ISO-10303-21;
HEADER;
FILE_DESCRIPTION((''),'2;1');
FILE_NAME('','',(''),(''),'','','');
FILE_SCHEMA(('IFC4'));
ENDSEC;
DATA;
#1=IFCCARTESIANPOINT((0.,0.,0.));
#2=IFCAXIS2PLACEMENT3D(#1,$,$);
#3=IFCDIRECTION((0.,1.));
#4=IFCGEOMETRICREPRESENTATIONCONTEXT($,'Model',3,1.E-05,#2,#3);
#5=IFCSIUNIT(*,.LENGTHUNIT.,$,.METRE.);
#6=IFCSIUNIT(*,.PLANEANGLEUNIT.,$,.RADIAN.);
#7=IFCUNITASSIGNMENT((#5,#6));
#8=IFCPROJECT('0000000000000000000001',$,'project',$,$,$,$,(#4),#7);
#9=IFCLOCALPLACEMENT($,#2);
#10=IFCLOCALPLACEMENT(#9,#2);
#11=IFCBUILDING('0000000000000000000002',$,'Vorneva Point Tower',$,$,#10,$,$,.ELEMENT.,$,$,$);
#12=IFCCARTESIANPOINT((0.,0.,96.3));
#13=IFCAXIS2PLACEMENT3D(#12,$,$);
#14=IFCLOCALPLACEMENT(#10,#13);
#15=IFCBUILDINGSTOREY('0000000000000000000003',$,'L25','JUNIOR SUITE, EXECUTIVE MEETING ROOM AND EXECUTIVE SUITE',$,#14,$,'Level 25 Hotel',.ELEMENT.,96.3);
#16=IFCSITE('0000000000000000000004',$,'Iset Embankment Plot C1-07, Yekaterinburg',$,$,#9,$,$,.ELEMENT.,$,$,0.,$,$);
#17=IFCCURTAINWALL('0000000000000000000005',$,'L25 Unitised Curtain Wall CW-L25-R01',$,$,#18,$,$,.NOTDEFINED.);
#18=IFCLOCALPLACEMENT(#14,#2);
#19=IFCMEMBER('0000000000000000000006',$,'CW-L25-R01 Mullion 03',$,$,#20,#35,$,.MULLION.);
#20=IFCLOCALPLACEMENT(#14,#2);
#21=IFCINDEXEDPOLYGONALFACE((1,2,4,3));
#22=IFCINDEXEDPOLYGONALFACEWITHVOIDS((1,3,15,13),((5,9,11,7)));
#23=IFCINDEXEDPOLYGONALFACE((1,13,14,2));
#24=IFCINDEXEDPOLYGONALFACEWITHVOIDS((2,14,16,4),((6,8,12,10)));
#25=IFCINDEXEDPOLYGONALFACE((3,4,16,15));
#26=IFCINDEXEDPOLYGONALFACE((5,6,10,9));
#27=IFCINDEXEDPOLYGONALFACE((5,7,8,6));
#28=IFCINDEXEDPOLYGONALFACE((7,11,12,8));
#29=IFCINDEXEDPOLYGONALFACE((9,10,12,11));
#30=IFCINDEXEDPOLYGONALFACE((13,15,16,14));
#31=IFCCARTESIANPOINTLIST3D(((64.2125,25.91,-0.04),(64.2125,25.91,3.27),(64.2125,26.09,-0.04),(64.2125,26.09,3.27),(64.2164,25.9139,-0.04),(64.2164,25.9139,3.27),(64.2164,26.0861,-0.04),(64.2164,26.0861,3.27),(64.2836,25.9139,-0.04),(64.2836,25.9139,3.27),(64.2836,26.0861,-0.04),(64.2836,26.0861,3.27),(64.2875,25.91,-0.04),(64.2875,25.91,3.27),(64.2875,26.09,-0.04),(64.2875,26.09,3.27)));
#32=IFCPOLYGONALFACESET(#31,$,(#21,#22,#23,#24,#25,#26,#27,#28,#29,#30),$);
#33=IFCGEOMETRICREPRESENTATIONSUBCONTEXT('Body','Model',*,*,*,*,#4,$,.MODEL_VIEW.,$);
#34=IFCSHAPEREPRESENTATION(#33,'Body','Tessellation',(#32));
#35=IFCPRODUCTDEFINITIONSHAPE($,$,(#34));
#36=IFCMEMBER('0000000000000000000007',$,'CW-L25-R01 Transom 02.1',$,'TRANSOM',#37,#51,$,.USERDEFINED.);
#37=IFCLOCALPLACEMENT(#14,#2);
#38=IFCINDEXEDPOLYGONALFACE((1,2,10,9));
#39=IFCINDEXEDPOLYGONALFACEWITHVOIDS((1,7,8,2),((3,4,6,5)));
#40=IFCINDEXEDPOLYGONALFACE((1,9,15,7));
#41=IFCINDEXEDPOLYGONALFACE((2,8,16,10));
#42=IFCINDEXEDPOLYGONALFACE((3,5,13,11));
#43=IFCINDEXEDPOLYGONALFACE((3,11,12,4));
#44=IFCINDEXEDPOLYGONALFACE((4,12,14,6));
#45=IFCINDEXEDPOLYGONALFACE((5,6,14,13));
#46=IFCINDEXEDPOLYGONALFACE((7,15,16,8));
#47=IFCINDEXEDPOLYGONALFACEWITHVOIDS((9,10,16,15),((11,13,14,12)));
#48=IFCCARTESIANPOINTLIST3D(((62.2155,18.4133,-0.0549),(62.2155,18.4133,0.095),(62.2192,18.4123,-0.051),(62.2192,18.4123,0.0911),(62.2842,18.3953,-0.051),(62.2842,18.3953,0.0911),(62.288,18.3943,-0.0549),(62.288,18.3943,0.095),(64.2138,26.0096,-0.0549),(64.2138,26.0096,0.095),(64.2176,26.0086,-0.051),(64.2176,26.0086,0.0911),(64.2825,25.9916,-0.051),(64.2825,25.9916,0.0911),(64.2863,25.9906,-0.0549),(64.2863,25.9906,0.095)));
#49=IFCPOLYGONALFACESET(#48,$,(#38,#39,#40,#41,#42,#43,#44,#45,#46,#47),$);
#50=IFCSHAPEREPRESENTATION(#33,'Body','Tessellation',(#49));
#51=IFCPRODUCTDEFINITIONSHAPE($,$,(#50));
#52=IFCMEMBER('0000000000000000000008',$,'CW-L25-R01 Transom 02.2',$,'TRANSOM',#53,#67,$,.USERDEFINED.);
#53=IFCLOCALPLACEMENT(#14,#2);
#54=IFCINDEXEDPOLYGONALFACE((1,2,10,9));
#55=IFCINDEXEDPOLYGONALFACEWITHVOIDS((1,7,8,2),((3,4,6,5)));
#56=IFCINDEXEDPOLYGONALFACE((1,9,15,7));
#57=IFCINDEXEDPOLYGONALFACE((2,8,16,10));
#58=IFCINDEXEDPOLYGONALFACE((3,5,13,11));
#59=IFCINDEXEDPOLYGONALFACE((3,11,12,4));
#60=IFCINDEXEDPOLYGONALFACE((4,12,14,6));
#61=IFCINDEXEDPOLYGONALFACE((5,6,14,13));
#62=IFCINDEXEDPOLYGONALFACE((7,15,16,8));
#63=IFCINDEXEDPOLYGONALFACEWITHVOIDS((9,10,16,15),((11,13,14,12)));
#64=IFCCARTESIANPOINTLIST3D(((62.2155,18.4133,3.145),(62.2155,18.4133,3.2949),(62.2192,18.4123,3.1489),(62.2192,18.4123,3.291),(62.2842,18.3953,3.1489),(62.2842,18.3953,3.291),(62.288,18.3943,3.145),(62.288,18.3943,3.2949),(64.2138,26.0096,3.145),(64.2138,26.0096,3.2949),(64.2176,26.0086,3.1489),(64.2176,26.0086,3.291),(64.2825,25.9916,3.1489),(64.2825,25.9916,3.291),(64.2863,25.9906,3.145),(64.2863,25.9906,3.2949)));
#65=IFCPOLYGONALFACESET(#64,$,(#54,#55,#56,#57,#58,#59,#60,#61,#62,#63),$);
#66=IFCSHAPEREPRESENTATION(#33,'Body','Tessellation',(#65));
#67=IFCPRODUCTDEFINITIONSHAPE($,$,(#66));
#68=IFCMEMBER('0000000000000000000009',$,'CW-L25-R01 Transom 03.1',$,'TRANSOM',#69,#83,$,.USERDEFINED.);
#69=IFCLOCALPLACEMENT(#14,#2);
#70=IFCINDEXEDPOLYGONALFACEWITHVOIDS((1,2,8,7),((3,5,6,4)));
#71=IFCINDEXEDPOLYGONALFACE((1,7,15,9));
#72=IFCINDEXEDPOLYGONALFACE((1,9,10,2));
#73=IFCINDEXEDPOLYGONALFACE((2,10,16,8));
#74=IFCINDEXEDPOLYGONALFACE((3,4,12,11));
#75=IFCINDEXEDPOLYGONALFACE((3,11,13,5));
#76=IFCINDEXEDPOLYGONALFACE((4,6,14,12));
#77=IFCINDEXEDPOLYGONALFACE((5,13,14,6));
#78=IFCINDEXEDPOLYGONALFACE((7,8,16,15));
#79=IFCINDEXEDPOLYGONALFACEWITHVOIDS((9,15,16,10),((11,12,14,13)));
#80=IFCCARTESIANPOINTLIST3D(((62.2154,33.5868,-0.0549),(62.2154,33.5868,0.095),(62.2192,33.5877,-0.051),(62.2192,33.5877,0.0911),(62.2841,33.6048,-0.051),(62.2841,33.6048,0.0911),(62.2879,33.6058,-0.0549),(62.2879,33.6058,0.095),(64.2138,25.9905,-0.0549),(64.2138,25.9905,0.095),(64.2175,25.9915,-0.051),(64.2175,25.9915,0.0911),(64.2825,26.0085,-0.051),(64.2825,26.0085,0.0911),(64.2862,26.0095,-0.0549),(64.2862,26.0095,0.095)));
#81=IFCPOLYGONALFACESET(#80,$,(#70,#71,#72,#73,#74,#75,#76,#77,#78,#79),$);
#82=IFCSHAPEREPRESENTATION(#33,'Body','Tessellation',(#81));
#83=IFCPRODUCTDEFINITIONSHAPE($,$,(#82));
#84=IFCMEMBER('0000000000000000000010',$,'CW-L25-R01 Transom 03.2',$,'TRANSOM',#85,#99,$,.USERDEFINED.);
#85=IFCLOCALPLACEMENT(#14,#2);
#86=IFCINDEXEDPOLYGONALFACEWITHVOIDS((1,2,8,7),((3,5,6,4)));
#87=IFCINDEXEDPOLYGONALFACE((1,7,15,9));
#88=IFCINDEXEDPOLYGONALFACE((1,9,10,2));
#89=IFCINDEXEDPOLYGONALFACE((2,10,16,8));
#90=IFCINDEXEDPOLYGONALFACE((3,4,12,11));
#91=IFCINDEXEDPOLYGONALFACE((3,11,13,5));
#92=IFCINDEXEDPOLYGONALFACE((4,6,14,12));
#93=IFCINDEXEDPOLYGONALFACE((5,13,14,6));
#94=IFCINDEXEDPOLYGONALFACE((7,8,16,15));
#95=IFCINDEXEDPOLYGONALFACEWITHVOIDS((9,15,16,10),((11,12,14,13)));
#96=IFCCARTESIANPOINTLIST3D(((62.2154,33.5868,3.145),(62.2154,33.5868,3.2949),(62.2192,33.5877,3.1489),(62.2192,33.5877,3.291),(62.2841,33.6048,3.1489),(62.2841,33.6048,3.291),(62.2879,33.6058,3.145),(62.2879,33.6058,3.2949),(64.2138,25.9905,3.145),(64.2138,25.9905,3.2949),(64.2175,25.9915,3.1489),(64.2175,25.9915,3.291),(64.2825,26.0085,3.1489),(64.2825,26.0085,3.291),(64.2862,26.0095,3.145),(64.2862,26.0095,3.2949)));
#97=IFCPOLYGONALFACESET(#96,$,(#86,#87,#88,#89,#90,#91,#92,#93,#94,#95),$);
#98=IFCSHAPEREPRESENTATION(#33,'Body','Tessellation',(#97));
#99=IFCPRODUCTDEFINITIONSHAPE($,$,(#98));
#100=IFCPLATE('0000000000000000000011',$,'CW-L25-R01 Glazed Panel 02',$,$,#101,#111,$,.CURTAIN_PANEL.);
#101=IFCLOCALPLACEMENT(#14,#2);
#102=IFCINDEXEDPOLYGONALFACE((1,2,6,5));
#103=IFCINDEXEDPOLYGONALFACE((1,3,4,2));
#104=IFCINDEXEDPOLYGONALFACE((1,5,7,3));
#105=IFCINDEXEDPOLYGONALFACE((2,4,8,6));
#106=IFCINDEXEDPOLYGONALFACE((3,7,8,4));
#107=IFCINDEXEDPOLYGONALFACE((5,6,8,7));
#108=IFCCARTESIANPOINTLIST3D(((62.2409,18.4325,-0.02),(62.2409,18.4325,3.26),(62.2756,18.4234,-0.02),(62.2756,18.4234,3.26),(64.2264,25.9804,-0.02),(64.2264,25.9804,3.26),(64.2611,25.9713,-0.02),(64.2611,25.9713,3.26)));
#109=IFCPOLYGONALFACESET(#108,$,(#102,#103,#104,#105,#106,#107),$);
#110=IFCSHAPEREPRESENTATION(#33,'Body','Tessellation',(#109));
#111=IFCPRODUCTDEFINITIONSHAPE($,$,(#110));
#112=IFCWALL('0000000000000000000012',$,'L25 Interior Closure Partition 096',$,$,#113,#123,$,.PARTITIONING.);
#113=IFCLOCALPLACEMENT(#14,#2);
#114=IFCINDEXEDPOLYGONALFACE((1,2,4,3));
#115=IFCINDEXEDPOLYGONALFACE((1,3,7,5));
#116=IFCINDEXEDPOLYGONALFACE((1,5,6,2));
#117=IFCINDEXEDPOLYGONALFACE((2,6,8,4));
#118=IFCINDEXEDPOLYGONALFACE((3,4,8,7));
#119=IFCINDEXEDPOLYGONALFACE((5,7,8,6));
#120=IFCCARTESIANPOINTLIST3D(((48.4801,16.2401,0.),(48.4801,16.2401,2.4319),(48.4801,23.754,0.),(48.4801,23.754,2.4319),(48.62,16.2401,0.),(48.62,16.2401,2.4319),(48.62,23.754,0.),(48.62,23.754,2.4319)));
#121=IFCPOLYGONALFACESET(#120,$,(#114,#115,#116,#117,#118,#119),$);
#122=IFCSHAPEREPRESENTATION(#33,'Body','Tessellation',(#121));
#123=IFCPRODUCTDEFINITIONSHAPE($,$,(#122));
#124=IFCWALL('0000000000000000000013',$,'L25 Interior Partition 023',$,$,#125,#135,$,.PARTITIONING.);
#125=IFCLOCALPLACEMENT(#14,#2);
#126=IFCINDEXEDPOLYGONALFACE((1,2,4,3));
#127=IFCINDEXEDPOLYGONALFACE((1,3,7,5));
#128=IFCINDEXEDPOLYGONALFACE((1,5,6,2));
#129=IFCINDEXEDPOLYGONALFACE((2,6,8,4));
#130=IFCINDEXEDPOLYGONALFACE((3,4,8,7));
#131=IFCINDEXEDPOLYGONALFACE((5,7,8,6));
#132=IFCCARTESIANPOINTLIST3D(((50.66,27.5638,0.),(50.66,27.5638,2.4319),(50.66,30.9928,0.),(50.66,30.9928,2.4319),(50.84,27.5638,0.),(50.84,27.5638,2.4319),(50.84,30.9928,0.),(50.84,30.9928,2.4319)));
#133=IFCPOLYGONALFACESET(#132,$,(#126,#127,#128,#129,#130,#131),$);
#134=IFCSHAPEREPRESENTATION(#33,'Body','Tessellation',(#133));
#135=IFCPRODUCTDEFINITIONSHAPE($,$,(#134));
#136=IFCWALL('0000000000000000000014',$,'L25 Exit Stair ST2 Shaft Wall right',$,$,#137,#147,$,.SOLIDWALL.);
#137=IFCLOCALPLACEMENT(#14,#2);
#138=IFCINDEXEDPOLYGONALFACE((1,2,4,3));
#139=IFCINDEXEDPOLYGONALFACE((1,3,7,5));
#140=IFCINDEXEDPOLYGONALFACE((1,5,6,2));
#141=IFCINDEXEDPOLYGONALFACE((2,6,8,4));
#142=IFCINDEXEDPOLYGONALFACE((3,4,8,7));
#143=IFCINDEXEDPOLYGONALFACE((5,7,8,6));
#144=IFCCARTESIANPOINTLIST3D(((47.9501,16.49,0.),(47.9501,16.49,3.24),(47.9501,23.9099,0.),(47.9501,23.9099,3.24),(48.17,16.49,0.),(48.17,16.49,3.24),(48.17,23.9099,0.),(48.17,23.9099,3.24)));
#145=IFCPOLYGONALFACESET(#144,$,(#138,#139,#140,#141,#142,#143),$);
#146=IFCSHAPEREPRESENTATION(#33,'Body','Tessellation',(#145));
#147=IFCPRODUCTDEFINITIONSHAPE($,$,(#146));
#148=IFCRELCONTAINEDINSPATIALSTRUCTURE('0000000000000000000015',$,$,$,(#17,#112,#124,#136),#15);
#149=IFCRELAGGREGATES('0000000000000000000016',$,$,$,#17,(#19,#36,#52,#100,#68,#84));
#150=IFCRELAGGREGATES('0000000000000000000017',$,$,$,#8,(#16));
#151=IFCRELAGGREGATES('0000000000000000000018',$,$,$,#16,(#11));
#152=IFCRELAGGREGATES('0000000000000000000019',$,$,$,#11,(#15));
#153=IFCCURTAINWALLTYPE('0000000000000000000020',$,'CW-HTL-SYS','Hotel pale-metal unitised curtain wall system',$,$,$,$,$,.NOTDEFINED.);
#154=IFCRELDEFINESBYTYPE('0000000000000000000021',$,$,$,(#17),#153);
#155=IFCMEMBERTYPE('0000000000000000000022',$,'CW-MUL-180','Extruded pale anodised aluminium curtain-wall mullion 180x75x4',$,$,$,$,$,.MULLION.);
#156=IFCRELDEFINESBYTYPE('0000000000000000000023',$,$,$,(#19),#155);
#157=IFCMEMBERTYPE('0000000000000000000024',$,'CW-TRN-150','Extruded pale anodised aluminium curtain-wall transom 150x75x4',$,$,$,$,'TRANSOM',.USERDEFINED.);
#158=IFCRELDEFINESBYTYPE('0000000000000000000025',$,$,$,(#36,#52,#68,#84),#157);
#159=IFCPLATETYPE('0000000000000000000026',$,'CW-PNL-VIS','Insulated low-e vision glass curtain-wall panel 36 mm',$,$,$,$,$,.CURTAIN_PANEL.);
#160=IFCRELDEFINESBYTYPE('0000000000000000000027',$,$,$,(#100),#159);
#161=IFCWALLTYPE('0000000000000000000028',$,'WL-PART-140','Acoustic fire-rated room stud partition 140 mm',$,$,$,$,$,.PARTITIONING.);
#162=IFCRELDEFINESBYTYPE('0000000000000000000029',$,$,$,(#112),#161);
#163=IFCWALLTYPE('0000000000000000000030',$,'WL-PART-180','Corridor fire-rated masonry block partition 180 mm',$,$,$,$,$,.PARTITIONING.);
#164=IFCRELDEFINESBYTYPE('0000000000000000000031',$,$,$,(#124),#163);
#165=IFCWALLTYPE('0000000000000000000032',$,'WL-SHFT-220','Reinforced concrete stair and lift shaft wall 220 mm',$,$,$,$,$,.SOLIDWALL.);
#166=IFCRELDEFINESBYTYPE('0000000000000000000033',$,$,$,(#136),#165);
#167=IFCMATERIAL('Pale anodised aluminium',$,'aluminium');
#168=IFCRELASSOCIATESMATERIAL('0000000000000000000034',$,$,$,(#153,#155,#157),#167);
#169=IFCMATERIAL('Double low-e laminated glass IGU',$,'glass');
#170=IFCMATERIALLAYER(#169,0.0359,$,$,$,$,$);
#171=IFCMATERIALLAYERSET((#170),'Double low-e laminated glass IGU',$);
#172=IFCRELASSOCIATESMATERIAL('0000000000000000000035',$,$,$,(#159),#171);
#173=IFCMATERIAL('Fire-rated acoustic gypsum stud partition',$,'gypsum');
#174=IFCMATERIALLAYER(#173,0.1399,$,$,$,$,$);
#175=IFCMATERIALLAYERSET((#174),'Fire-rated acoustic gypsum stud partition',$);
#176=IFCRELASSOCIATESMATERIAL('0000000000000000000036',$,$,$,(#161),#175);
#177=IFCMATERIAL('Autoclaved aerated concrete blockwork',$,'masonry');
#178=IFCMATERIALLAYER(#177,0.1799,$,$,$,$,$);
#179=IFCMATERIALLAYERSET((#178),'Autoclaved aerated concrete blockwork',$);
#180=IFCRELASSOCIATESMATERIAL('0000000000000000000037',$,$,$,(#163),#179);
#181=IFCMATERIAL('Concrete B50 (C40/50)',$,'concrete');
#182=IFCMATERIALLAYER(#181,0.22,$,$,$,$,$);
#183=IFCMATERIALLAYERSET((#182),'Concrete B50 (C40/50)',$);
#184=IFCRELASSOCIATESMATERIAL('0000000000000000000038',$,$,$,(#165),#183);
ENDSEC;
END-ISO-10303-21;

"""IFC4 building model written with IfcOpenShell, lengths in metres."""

from ifc_helpers import new_model, si_unit, direction, frame, frame_2d, origin, origin_2d, place, context, subcontext, project, spatial, rectangle, hollow_rectangle, extrude, material, layer, layer_set, material_profile, profile_set, type_object, element, aggregate, save


model = new_model("IFC4")

# Units and contexts
model_context = context("Model", 3, precision=1e-05, world=origin(), true_north=direction((0.0, 1.0)))
body_context = subcontext(model_context, "Body", "Model", "MODEL_VIEW")
ifc_project = project(units=[si_unit("LENGTHUNIT", "METRE"), si_unit("PLANEANGLEUNIT", "RADIAN")], contexts=[model_context])

# Site, building, storey
site_placement = place(None, origin())
site = spatial("IfcSite", under=ifc_project, at=site_placement, Name="Iset Embankment Plot C1-07, Yekaterinburg", CompositionType="ELEMENT", RefElevation=0.0)
building_placement = place(site_placement, origin())
building = spatial("IfcBuilding", under=site, at=building_placement, Name="Vorneva Point Tower", CompositionType="ELEMENT")
storey_placement = place(building_placement, frame((0.0, 0.0, 96.3)))
storey = spatial("IfcBuildingStorey", under=building, at=storey_placement, Name="L25", Description="JUNIOR SUITE, EXECUTIVE MEETING ROOM AND EXECUTIVE SUITE", LongName="Level 25 Hotel", CompositionType="ELEMENT", Elevation=96.3)

# Curtain wall, members, plate
ifc_material_1 = material(Name="Pale anodised aluminium", Category="aluminium")
curtain_wall_type = type_object("IfcCurtainWallType", Name="CW-HTL-SYS", Description="Hotel pale-metal unitised curtain wall system", PredefinedType="NOTDEFINED", material=ifc_material_1)
curtain_wall_placement = place(storey_placement, origin())
curtain_wall = element("IfcCurtainWall", 1, at=curtain_wall_placement, inside=storey, type_object=curtain_wall_type, Name="L25 Unitised Curtain Wall CW-L25-R01", PredefinedType="NOTDEFINED")
ifc_material_profile_1 = material_profile(ifc_material_1, hollow_rectangle(XDim=0.075, YDim=0.1799, WallThickness=0.0039, at=origin_2d()), Name="AL-MUL 180x75x4")
ifc_profile_set_1 = profile_set([ifc_material_profile_1], Name="Pale anodised aluminium")
member_type_1 = type_object("IfcMemberType", Name="CW-MUL-180", Description="Extruded pale anodised aluminium curtain-wall mullion 180x75x4", PredefinedType="MULLION", material=ifc_profile_set_1)
member_1_placement = place(storey_placement, frame((64.25, 26.0, -0.04), z_axis=(0.0, 0.0, 1.0), x_axis=(1.0, 0.0, 0.0)))
member_1 = element("IfcMember", 2, at=member_1_placement, type_object=member_type_1, Name="CW-L25-R01 Mullion 03", PredefinedType="MULLION", context=body_context, shape_type="SweptSolid", body=[
    extrude(hollow_rectangle(XDim=0.075, YDim=0.1799, WallThickness=0.0039, at=origin_2d()), origin(), (0.0, 0.0, 1.0), 3.3101),
])
ifc_material_profile_2 = material_profile(ifc_material_1, hollow_rectangle(XDim=0.075, YDim=0.1499, WallThickness=0.0039, at=origin_2d()), Name="AL-TRN 150x75x4")
ifc_profile_set_2 = profile_set([ifc_material_profile_2], Name="Pale anodised aluminium")
member_type_2 = type_object("IfcMemberType", Name="CW-TRN-150", Description="Extruded pale anodised aluminium curtain-wall transom 150x75x4", ElementType="TRANSOM", PredefinedType="USERDEFINED", material=ifc_profile_set_2)
member_2_placement = place(storey_placement, frame((62.2517, 18.4038, 0.02), z_axis=(0.254409, 0.967097, 0.0), x_axis=(-0.967097, 0.254409, 0.0)))
member_2 = element("IfcMember", 3, at=member_2_placement, type_object=member_type_2, Name="CW-L25-R01 Transom 02.1", ObjectType="TRANSOM", PredefinedType="USERDEFINED", context=body_context, shape_type="SweptSolid", body=[
    extrude(hollow_rectangle(XDim=0.075, YDim=0.1499, WallThickness=0.0039, at=origin_2d()), origin(), (0.0, 0.0, 1.0), 7.8547),
])
member_3_placement = place(storey_placement, frame((62.2517, 18.4038, 3.22), z_axis=(0.254409, 0.967097, 0.0), x_axis=(-0.967097, 0.254409, 0.0)))
member_3 = element("IfcMember", 4, at=member_3_placement, type_object=member_type_2, Name="CW-L25-R01 Transom 02.2", ObjectType="TRANSOM", PredefinedType="USERDEFINED", context=body_context, shape_type="SweptSolid", body=[
    extrude(hollow_rectangle(XDim=0.075, YDim=0.1499, WallThickness=0.0039, at=origin_2d()), origin(), (0.0, 0.0, 1.0), 7.8547),
])
member_4_placement = place(storey_placement, frame((64.25, 26.0, 0.02), z_axis=(-0.254409, 0.967097, 0.0), x_axis=(-0.967097, -0.254409, 0.0)))
member_4 = element("IfcMember", 5, at=member_4_placement, type_object=member_type_2, Name="CW-L25-R01 Transom 03.1", ObjectType="TRANSOM", PredefinedType="USERDEFINED", context=body_context, shape_type="SweptSolid", body=[
    extrude(hollow_rectangle(XDim=0.075, YDim=0.1499, WallThickness=0.0039, at=origin_2d()), origin(), (0.0, 0.0, 1.0), 7.8547),
])
member_5_placement = place(storey_placement, frame((64.25, 26.0, 3.22), z_axis=(-0.254409, 0.967097, 0.0), x_axis=(-0.967097, -0.254409, 0.0)))
member_5 = element("IfcMember", 6, at=member_5_placement, type_object=member_type_2, Name="CW-L25-R01 Transom 03.2", ObjectType="TRANSOM", PredefinedType="USERDEFINED", context=body_context, shape_type="SweptSolid", body=[
    extrude(hollow_rectangle(XDim=0.075, YDim=0.1499, WallThickness=0.0039, at=origin_2d()), origin(), (0.0, 0.0, 1.0), 7.8547),
])
ifc_material_2 = material(Name="Double low-e laminated glass IGU", Category="glass")
ifc_layer_1 = layer(ifc_material_2, 0.0359)
ifc_layer_set_1 = layer_set([ifc_layer_1], Name="Double low-e laminated glass IGU")
plate_type = type_object("IfcPlateType", Name="CW-PNL-VIS", Description="Insulated low-e vision glass curtain-wall panel 36 mm", PredefinedType="CURTAIN_PANEL", material=ifc_layer_set_1)
plate_placement = place(storey_placement, frame((63.251, 22.2019, -0.02), z_axis=(0.0, 0.0, 1.0), x_axis=(0.254399, 0.967099, 0.0)))
plate = element("IfcPlate", 7, at=plate_placement, type_object=plate_type, Name="CW-L25-R01 Glazed Panel 02", PredefinedType="CURTAIN_PANEL", context=body_context, shape_type="SweptSolid", body=[
    extrude(rectangle(XDim=7.8047, YDim=0.0359, at=origin_2d()), origin(), (0.0, 0.0, 1.0), 3.28),
])
aggregate(curtain_wall, [member_1, member_2, member_3, plate, member_4, member_5])

# Wall
ifc_material_3 = material(Name="Fire-rated acoustic gypsum stud partition", Category="gypsum")
ifc_layer_2 = layer(ifc_material_3, 0.1399)
ifc_layer_set_2 = layer_set([ifc_layer_2], Name="Fire-rated acoustic gypsum stud partition")
wall_type_1 = type_object("IfcWallType", Name="WL-PART-140", Description="Acoustic fire-rated room stud partition 140 mm", PredefinedType="PARTITIONING", material=ifc_layer_set_2)
wall_1_placement = place(storey_placement, frame((48.55, 23.7539, 0.0), z_axis=(0.0, 0.0, 1.0), x_axis=(0.0, -1.0, 0.0)))
element("IfcWall", 8, at=wall_1_placement, inside=storey, type_object=wall_type_1, Name="L25 Interior Closure Partition 096", PredefinedType="PARTITIONING", context=body_context, shape_type="SweptSolid", body=[
    extrude(rectangle(XDim=7.5139, YDim=0.1399, at=frame_2d((3.7568, 0.0))), origin(), (0.0, 0.0, 1.0), 2.4319),
])

# Shared definitions
ifc_material_4 = material(Name="Autoclaved aerated concrete blockwork", Category="masonry")
ifc_layer_3 = layer(ifc_material_4, 0.1799)
ifc_layer_set_3 = layer_set([ifc_layer_3], Name="Autoclaved aerated concrete blockwork")
wall_type_2 = type_object("IfcWallType", Name="WL-PART-180", Description="Corridor fire-rated masonry block partition 180 mm", PredefinedType="PARTITIONING", material=ifc_layer_set_3)

# Walls
wall_2_placement = place(storey_placement, frame((50.75, 27.564, 0.0), z_axis=(0.0, 0.0, 1.0), x_axis=(0.0, 1.0, 0.0)))
element("IfcWall", 9, at=wall_2_placement, inside=storey, type_object=wall_type_2, Name="L25 Interior Partition 023", PredefinedType="PARTITIONING", context=body_context, shape_type="SweptSolid", body=[
    extrude(rectangle(XDim=3.429, YDim=0.1799, at=frame_2d((1.7144, 0.0))), origin(), (0.0, 0.0, 1.0), 2.4319),
])
ifc_material_5 = material(Name="Concrete B50 (C40/50)", Category="concrete")
ifc_layer_4 = layer(ifc_material_5, 0.22)
ifc_layer_set_4 = layer_set([ifc_layer_4], Name="Concrete B50 (C40/50)")
wall_type_3 = type_object("IfcWallType", Name="WL-SHFT-220", Description="Reinforced concrete stair and lift shaft wall 220 mm", PredefinedType="SOLIDWALL", material=ifc_layer_set_4)
wall_3_placement = place(storey_placement, frame((48.0601, 23.9099, 0.0), z_axis=(0.0, 0.0, 1.0), x_axis=(0.0, -1.0, 0.0)))
element("IfcWall", 10, at=wall_3_placement, inside=storey, type_object=wall_type_3, Name="L25 Exit Stair ST2 Shaft Wall right", PredefinedType="SOLIDWALL", context=body_context, shape_type="SweptSolid", body=[
    extrude(rectangle(XDim=7.4199, YDim=0.22, at=frame_2d((3.71, 0.0))), origin(), (0.0, 0.0, 1.0), 3.24),
])

save(model, "model.ifc")
